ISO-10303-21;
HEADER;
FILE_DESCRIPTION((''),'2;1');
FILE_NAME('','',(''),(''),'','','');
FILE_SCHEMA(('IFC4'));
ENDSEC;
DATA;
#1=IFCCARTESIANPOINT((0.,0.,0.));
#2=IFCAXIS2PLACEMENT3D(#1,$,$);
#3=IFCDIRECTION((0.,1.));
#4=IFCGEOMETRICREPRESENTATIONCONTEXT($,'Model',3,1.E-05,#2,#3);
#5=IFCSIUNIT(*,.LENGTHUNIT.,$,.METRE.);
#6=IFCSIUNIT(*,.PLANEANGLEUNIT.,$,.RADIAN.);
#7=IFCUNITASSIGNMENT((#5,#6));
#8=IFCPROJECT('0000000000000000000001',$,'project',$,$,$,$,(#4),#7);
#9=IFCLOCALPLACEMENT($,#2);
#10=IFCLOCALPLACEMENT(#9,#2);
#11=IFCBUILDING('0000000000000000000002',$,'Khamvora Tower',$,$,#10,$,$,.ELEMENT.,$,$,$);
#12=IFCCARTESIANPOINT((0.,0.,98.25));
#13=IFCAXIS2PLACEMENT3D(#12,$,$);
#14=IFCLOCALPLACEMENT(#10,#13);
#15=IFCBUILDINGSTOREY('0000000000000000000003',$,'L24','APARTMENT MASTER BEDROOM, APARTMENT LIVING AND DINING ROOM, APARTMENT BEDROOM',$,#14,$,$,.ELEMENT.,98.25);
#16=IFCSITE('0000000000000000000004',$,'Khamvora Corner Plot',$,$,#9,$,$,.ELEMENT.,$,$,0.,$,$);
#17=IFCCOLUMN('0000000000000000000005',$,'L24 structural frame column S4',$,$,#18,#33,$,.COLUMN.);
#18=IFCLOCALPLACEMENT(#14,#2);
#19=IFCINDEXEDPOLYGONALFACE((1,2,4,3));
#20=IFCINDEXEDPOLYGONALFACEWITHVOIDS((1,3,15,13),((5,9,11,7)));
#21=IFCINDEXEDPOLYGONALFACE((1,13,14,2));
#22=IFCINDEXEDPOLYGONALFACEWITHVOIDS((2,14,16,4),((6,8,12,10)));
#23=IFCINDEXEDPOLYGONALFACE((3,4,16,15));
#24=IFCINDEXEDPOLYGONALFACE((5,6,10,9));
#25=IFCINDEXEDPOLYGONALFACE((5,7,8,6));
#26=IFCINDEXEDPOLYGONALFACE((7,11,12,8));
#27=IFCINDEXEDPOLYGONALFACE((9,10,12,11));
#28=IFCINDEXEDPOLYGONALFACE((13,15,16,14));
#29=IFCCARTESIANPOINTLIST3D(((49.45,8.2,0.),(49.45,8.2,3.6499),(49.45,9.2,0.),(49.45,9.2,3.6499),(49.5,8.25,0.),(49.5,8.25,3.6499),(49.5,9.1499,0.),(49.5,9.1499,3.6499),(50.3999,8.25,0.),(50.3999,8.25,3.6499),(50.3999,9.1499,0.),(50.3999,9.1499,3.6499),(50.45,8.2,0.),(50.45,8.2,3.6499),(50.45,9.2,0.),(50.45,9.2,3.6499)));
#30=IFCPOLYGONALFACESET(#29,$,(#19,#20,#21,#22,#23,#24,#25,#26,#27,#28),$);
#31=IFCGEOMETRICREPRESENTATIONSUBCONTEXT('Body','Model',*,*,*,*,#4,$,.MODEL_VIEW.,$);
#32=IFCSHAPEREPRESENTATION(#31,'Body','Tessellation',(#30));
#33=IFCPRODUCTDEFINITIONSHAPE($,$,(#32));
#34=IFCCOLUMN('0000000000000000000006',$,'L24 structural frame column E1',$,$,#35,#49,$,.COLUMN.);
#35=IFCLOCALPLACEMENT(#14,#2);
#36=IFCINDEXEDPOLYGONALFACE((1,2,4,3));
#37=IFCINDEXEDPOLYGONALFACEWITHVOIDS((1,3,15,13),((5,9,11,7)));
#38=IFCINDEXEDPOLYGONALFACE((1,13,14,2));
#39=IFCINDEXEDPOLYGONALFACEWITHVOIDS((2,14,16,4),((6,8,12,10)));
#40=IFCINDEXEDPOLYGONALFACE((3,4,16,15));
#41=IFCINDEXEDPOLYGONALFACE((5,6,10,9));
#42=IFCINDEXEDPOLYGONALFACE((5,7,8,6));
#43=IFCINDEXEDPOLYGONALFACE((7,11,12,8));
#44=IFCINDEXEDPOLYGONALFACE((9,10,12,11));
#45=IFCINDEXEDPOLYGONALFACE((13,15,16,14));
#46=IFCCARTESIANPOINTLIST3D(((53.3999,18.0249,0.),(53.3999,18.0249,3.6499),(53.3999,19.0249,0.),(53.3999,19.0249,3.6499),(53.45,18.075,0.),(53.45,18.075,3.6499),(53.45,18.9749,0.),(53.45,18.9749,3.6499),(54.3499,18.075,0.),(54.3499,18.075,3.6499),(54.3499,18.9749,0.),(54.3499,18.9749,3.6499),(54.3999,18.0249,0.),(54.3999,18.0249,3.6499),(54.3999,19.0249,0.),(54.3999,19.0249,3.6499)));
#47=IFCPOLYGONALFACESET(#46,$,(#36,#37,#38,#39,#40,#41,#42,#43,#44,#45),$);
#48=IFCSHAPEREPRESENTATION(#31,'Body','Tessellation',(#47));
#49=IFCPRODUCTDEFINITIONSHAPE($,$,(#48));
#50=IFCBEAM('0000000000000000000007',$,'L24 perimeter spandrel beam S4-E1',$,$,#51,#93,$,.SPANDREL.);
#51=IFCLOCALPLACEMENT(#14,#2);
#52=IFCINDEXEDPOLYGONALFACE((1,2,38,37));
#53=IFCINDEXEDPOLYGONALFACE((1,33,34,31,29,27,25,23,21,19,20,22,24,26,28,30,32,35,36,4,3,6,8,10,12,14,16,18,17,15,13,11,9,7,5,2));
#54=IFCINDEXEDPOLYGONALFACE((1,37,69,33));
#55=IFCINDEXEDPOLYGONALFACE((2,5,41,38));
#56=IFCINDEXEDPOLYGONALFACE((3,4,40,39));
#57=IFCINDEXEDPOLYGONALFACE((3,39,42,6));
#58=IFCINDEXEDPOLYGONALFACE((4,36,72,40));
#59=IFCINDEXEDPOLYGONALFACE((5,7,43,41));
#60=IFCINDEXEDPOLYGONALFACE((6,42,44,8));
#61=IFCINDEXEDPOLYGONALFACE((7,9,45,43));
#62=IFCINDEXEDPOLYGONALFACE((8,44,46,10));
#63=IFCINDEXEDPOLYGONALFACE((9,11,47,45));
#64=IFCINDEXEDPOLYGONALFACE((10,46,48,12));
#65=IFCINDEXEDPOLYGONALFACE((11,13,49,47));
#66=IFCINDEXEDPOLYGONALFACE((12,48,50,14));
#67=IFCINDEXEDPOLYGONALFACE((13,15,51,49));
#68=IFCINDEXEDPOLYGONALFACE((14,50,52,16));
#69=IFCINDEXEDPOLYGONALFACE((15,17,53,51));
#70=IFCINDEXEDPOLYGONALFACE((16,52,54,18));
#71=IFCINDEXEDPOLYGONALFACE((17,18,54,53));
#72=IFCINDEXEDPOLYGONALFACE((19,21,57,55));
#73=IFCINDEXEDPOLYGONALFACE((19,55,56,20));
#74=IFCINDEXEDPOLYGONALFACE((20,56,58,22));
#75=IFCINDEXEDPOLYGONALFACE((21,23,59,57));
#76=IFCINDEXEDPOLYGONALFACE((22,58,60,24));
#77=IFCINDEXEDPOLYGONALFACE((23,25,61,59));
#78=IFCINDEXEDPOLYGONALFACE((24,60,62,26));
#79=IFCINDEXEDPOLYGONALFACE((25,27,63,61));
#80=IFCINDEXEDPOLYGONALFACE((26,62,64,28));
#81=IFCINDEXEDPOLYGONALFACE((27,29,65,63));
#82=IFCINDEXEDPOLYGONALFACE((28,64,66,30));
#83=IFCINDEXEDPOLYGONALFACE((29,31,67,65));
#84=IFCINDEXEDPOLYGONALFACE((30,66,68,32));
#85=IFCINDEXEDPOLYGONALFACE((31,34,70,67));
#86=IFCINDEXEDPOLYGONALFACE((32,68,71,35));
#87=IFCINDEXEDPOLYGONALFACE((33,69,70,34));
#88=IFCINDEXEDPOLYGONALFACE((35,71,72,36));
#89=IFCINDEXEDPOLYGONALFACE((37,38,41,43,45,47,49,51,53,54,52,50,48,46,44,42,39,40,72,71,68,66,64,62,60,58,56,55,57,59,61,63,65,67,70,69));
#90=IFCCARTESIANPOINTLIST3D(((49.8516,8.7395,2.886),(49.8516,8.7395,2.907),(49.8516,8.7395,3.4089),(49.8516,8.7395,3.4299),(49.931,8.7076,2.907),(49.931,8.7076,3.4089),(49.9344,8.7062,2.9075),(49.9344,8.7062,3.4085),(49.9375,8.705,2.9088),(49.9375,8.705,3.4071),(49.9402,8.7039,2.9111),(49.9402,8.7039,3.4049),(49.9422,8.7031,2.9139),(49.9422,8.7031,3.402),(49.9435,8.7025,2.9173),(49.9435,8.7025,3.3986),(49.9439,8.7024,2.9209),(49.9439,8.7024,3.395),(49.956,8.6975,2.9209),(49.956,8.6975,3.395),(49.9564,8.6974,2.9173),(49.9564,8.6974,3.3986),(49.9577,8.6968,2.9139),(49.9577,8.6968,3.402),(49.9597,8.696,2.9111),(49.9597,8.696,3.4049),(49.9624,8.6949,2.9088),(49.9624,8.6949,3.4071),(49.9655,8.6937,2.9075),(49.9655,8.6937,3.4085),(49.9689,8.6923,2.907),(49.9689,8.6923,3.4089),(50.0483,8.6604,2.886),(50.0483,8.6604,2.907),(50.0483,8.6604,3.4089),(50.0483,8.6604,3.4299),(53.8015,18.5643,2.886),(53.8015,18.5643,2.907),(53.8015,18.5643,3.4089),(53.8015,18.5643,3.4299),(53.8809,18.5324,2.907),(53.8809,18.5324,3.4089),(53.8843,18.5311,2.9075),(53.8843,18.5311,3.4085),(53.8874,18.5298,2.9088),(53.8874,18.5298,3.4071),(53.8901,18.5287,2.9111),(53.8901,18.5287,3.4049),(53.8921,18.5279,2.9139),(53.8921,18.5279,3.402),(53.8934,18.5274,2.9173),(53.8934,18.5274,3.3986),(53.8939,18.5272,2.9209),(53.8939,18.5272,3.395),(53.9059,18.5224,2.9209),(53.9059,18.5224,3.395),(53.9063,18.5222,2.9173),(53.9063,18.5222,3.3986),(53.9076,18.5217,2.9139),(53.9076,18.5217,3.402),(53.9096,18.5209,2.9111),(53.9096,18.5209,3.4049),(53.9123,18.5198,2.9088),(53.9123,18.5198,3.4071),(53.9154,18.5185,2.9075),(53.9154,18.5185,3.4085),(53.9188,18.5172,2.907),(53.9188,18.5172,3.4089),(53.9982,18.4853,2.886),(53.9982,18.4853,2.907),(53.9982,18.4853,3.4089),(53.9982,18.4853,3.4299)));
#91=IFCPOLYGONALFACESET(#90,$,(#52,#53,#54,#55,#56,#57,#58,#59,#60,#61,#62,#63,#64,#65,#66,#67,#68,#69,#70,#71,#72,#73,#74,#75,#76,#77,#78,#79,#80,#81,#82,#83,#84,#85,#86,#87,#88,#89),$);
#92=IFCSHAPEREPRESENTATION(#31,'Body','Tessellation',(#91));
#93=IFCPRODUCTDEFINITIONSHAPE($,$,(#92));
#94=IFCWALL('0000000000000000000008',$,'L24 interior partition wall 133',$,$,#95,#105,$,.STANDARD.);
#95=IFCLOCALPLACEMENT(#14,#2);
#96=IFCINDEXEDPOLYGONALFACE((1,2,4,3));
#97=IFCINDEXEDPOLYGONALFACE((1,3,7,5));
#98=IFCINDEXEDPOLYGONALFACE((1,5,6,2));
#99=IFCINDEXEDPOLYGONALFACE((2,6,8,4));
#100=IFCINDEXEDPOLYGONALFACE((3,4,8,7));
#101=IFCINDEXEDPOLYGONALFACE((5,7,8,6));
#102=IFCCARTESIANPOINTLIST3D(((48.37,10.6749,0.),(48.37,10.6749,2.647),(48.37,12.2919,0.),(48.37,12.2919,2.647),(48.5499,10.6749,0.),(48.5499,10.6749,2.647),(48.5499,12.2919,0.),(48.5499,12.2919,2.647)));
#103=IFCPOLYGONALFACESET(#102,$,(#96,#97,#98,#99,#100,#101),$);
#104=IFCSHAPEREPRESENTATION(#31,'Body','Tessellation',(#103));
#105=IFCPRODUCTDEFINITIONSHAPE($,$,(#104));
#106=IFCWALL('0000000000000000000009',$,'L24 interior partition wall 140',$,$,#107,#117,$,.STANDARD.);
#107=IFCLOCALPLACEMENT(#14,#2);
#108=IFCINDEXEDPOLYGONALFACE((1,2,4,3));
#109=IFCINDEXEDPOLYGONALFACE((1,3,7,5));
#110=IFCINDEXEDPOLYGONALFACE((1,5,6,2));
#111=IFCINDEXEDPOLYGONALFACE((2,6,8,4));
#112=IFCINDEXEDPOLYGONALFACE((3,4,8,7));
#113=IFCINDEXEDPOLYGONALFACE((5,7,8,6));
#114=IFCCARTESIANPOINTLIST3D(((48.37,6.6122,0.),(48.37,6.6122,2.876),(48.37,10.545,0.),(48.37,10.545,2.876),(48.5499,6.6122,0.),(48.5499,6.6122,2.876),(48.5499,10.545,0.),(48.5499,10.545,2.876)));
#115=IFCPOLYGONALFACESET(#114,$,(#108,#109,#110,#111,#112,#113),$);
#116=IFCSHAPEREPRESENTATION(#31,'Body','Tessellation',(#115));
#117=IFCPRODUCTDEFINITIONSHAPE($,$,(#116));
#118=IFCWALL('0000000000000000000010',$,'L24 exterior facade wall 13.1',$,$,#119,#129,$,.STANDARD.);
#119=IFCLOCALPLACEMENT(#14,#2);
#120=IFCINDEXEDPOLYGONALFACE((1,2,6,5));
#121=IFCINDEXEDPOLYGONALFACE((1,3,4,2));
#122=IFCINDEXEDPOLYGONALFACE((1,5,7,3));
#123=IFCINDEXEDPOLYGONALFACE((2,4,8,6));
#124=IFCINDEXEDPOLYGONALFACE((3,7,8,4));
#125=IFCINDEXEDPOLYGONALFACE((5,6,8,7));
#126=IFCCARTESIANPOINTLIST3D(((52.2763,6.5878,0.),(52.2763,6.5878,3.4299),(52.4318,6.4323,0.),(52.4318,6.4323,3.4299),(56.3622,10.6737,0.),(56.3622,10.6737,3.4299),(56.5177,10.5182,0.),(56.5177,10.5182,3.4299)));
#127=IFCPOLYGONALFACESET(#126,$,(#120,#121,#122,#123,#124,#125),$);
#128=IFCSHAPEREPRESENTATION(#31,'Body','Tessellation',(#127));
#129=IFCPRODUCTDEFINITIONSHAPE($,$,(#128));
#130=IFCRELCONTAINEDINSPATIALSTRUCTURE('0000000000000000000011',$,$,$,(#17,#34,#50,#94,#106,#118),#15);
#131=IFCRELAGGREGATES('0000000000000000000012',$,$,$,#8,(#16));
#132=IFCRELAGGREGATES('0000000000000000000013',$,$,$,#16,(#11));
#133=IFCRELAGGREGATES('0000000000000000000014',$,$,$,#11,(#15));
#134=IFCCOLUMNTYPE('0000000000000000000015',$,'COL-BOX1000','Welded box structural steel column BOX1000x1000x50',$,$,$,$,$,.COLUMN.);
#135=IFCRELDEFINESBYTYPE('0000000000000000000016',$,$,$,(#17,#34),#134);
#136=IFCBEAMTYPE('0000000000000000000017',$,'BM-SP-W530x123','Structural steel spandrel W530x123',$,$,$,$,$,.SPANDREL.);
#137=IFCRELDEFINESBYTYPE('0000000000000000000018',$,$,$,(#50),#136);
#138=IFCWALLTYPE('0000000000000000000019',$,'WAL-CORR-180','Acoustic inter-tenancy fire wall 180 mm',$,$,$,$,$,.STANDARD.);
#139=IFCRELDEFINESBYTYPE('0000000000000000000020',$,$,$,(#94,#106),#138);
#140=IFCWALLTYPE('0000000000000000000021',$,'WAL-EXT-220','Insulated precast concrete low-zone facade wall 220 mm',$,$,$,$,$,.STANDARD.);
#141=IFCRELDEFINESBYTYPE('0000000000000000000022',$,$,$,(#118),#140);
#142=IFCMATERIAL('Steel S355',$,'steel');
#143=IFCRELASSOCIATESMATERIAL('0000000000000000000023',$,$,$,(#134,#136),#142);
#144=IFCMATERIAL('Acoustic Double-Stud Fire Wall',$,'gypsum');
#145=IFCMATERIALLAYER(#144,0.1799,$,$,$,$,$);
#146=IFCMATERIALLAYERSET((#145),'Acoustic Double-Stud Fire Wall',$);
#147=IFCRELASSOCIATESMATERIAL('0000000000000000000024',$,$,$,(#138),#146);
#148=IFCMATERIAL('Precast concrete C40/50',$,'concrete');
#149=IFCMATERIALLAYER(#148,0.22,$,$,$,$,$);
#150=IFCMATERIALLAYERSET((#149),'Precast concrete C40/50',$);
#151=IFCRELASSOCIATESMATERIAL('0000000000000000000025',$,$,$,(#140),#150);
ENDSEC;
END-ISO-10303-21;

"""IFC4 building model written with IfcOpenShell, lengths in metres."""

from ifc_helpers import new_model, si_unit, direction, frame, frame_2d, origin, origin_2d, place, context, subcontext, project, spatial, rectangle, hollow_rectangle, i_section, extrude, material, layer, layer_set, material_profile, profile_set, type_object, element, save


model = new_model("IFC4")

# Units and contexts
model_context = context("Model", 3, precision=1e-05, world=origin(), true_north=direction((0.0, 1.0)))
body_context = subcontext(model_context, "Body", "Model", "MODEL_VIEW")
ifc_project = project(units=[si_unit("LENGTHUNIT", "METRE"), si_unit("PLANEANGLEUNIT", "RADIAN")], contexts=[model_context])

# Site, building, storey
site_placement = place(None, origin())
site = spatial("IfcSite", under=ifc_project, at=site_placement, Name="Khamvora Corner Plot", CompositionType="ELEMENT", RefElevation=0.0)
building_placement = place(site_placement, origin())
building = spatial("IfcBuilding", under=site, at=building_placement, Name="Khamvora Tower", CompositionType="ELEMENT")
storey_placement = place(building_placement, frame((0.0, 0.0, 98.25)))
storey = spatial("IfcBuildingStorey", under=building, at=storey_placement, Name="L24", Description="APARTMENT MASTER BEDROOM, APARTMENT LIVING AND DINING ROOM, APARTMENT BEDROOM", CompositionType="ELEMENT", Elevation=98.25)

# Columns
ifc_material_1 = material(Name="Steel S355", Category="steel")
ifc_material_profile_1 = material_profile(ifc_material_1, hollow_rectangle(XDim=1.0, YDim=1.0, WallThickness=0.05, at=origin_2d()), Name="BOX1000x1000x50")
ifc_profile_set_1 = profile_set([ifc_material_profile_1], Name="Steel S355")
column_type = type_object("IfcColumnType", Name="COL-BOX1000", Description="Welded box structural steel column BOX1000x1000x50", PredefinedType="COLUMN", material=ifc_profile_set_1)
for number, where, z_axis, x_axis, name in (
    (1, (49.95, 8.7, 0.0), (0.0, 0.0, 1.0), (1.0, 0.0, 0.0), "L24 structural frame column S4"),
    (2, (53.8999, 18.5249, 0.0), (0.0, 0.0, 1.0), (1.0, 0.0, 0.0), "L24 structural frame column E1"),
):
    element("IfcColumn", number, at=place(storey_placement, frame(where, z_axis=z_axis, x_axis=x_axis)), inside=storey, type_object=column_type, Name=name, PredefinedType="COLUMN", context=body_context, shape_type="SweptSolid", body=[
        extrude(hollow_rectangle(XDim=1.0, YDim=1.0, WallThickness=0.05, at=origin_2d()), origin(), (0.0, 0.0, 1.0), 3.6499),
    ])

# Beam
ifc_material_profile_2 = material_profile(ifc_material_1, i_section(OverallWidth=0.2119, OverallDepth=0.5439, WebThickness=0.0129, FlangeThickness=0.021, FilletRadius=0.0139, at=origin_2d()), Name="W530x123")
ifc_profile_set_2 = profile_set([ifc_material_profile_2], Name="Steel S355")
beam_type = type_object("IfcBeamType", Name="BM-SP-W530x123", Description="Structural steel spandrel W530x123", PredefinedType="SPANDREL", material=ifc_profile_set_2)
beam_placement = place(storey_placement, frame((49.95, 8.7, 3.158), z_axis=(0.373016, 0.927825, 0.0), x_axis=(-0.927825, 0.373016, 0.0)))
element("IfcBeam", 3, at=beam_placement, inside=storey, type_object=beam_type, Name="L24 perimeter spandrel beam S4-E1", PredefinedType="SPANDREL", context=body_context, shape_type="SweptSolid", body=[
    extrude(i_section(OverallWidth=0.2119, OverallDepth=0.5439, WebThickness=0.0129, FlangeThickness=0.021, FilletRadius=0.0139, at=origin_2d()), origin(), (0.0, 0.0, 1.0), 10.5891),
])

# Walls
ifc_material_2 = material(Name="Acoustic Double-Stud Fire Wall", Category="gypsum")
ifc_layer_1 = layer(ifc_material_2, 0.1799)
ifc_layer_set_1 = layer_set([ifc_layer_1], Name="Acoustic Double-Stud Fire Wall")
wall_type_1 = type_object("IfcWallType", Name="WAL-CORR-180", Description="Acoustic inter-tenancy fire wall 180 mm", PredefinedType="STANDARD", material=ifc_layer_set_1)
wall_1_placement = place(storey_placement, frame((48.46, 12.292, 0.0), z_axis=(0.0, 0.0, 1.0), x_axis=(0.0, -1.0, 0.0)))
element("IfcWall", 4, at=wall_1_placement, inside=storey, type_object=wall_type_1, Name="L24 interior partition wall 133", PredefinedType="STANDARD", context=body_context, shape_type="SweptSolid", body=[
    extrude(rectangle(XDim=1.6169, YDim=0.1799, at=frame_2d((0.8086, 0.0))), origin(), (0.0, 0.0, 1.0), 2.647),
])
wall_2_placement = place(storey_placement, frame((48.46, 10.5449, 0.0), z_axis=(0.0, 0.0, 1.0), x_axis=(0.0, -1.0, 0.0)))
element("IfcWall", 5, at=wall_2_placement, inside=storey, type_object=wall_type_1, Name="L24 interior partition wall 140", PredefinedType="STANDARD", context=body_context, shape_type="SweptSolid", body=[
    extrude(rectangle(XDim=3.9329, YDim=0.1799, at=frame_2d((1.9663, 0.0))), origin(), (0.0, 0.0, 1.0), 2.876),
])
ifc_material_3 = material(Name="Precast concrete C40/50", Category="concrete")
ifc_layer_2 = layer(ifc_material_3, 0.22)
ifc_layer_set_2 = layer_set([ifc_layer_2], Name="Precast concrete C40/50")
wall_type_2 = type_object("IfcWallType", Name="WAL-EXT-220", Description="Insulated precast concrete low-zone facade wall 220 mm", PredefinedType="STANDARD", material=ifc_layer_set_2)
wall_3_placement = place(storey_placement, frame((56.4399, 10.5959, 0.0), z_axis=(0.0, 0.0, 1.0), x_axis=(-0.707107, -0.707107, 0.0)))
element("IfcWall", 6, at=wall_3_placement, inside=storey, type_object=wall_type_2, Name="L24 exterior facade wall 13.1", PredefinedType="STANDARD", context=body_context, shape_type="SweptSolid", body=[
    extrude(rectangle(XDim=5.7783, YDim=0.22, at=frame_2d((2.8892, 0.0))), origin(), (0.0, 0.0, 1.0), 3.4299),
])

save(model, "model.ifc")
